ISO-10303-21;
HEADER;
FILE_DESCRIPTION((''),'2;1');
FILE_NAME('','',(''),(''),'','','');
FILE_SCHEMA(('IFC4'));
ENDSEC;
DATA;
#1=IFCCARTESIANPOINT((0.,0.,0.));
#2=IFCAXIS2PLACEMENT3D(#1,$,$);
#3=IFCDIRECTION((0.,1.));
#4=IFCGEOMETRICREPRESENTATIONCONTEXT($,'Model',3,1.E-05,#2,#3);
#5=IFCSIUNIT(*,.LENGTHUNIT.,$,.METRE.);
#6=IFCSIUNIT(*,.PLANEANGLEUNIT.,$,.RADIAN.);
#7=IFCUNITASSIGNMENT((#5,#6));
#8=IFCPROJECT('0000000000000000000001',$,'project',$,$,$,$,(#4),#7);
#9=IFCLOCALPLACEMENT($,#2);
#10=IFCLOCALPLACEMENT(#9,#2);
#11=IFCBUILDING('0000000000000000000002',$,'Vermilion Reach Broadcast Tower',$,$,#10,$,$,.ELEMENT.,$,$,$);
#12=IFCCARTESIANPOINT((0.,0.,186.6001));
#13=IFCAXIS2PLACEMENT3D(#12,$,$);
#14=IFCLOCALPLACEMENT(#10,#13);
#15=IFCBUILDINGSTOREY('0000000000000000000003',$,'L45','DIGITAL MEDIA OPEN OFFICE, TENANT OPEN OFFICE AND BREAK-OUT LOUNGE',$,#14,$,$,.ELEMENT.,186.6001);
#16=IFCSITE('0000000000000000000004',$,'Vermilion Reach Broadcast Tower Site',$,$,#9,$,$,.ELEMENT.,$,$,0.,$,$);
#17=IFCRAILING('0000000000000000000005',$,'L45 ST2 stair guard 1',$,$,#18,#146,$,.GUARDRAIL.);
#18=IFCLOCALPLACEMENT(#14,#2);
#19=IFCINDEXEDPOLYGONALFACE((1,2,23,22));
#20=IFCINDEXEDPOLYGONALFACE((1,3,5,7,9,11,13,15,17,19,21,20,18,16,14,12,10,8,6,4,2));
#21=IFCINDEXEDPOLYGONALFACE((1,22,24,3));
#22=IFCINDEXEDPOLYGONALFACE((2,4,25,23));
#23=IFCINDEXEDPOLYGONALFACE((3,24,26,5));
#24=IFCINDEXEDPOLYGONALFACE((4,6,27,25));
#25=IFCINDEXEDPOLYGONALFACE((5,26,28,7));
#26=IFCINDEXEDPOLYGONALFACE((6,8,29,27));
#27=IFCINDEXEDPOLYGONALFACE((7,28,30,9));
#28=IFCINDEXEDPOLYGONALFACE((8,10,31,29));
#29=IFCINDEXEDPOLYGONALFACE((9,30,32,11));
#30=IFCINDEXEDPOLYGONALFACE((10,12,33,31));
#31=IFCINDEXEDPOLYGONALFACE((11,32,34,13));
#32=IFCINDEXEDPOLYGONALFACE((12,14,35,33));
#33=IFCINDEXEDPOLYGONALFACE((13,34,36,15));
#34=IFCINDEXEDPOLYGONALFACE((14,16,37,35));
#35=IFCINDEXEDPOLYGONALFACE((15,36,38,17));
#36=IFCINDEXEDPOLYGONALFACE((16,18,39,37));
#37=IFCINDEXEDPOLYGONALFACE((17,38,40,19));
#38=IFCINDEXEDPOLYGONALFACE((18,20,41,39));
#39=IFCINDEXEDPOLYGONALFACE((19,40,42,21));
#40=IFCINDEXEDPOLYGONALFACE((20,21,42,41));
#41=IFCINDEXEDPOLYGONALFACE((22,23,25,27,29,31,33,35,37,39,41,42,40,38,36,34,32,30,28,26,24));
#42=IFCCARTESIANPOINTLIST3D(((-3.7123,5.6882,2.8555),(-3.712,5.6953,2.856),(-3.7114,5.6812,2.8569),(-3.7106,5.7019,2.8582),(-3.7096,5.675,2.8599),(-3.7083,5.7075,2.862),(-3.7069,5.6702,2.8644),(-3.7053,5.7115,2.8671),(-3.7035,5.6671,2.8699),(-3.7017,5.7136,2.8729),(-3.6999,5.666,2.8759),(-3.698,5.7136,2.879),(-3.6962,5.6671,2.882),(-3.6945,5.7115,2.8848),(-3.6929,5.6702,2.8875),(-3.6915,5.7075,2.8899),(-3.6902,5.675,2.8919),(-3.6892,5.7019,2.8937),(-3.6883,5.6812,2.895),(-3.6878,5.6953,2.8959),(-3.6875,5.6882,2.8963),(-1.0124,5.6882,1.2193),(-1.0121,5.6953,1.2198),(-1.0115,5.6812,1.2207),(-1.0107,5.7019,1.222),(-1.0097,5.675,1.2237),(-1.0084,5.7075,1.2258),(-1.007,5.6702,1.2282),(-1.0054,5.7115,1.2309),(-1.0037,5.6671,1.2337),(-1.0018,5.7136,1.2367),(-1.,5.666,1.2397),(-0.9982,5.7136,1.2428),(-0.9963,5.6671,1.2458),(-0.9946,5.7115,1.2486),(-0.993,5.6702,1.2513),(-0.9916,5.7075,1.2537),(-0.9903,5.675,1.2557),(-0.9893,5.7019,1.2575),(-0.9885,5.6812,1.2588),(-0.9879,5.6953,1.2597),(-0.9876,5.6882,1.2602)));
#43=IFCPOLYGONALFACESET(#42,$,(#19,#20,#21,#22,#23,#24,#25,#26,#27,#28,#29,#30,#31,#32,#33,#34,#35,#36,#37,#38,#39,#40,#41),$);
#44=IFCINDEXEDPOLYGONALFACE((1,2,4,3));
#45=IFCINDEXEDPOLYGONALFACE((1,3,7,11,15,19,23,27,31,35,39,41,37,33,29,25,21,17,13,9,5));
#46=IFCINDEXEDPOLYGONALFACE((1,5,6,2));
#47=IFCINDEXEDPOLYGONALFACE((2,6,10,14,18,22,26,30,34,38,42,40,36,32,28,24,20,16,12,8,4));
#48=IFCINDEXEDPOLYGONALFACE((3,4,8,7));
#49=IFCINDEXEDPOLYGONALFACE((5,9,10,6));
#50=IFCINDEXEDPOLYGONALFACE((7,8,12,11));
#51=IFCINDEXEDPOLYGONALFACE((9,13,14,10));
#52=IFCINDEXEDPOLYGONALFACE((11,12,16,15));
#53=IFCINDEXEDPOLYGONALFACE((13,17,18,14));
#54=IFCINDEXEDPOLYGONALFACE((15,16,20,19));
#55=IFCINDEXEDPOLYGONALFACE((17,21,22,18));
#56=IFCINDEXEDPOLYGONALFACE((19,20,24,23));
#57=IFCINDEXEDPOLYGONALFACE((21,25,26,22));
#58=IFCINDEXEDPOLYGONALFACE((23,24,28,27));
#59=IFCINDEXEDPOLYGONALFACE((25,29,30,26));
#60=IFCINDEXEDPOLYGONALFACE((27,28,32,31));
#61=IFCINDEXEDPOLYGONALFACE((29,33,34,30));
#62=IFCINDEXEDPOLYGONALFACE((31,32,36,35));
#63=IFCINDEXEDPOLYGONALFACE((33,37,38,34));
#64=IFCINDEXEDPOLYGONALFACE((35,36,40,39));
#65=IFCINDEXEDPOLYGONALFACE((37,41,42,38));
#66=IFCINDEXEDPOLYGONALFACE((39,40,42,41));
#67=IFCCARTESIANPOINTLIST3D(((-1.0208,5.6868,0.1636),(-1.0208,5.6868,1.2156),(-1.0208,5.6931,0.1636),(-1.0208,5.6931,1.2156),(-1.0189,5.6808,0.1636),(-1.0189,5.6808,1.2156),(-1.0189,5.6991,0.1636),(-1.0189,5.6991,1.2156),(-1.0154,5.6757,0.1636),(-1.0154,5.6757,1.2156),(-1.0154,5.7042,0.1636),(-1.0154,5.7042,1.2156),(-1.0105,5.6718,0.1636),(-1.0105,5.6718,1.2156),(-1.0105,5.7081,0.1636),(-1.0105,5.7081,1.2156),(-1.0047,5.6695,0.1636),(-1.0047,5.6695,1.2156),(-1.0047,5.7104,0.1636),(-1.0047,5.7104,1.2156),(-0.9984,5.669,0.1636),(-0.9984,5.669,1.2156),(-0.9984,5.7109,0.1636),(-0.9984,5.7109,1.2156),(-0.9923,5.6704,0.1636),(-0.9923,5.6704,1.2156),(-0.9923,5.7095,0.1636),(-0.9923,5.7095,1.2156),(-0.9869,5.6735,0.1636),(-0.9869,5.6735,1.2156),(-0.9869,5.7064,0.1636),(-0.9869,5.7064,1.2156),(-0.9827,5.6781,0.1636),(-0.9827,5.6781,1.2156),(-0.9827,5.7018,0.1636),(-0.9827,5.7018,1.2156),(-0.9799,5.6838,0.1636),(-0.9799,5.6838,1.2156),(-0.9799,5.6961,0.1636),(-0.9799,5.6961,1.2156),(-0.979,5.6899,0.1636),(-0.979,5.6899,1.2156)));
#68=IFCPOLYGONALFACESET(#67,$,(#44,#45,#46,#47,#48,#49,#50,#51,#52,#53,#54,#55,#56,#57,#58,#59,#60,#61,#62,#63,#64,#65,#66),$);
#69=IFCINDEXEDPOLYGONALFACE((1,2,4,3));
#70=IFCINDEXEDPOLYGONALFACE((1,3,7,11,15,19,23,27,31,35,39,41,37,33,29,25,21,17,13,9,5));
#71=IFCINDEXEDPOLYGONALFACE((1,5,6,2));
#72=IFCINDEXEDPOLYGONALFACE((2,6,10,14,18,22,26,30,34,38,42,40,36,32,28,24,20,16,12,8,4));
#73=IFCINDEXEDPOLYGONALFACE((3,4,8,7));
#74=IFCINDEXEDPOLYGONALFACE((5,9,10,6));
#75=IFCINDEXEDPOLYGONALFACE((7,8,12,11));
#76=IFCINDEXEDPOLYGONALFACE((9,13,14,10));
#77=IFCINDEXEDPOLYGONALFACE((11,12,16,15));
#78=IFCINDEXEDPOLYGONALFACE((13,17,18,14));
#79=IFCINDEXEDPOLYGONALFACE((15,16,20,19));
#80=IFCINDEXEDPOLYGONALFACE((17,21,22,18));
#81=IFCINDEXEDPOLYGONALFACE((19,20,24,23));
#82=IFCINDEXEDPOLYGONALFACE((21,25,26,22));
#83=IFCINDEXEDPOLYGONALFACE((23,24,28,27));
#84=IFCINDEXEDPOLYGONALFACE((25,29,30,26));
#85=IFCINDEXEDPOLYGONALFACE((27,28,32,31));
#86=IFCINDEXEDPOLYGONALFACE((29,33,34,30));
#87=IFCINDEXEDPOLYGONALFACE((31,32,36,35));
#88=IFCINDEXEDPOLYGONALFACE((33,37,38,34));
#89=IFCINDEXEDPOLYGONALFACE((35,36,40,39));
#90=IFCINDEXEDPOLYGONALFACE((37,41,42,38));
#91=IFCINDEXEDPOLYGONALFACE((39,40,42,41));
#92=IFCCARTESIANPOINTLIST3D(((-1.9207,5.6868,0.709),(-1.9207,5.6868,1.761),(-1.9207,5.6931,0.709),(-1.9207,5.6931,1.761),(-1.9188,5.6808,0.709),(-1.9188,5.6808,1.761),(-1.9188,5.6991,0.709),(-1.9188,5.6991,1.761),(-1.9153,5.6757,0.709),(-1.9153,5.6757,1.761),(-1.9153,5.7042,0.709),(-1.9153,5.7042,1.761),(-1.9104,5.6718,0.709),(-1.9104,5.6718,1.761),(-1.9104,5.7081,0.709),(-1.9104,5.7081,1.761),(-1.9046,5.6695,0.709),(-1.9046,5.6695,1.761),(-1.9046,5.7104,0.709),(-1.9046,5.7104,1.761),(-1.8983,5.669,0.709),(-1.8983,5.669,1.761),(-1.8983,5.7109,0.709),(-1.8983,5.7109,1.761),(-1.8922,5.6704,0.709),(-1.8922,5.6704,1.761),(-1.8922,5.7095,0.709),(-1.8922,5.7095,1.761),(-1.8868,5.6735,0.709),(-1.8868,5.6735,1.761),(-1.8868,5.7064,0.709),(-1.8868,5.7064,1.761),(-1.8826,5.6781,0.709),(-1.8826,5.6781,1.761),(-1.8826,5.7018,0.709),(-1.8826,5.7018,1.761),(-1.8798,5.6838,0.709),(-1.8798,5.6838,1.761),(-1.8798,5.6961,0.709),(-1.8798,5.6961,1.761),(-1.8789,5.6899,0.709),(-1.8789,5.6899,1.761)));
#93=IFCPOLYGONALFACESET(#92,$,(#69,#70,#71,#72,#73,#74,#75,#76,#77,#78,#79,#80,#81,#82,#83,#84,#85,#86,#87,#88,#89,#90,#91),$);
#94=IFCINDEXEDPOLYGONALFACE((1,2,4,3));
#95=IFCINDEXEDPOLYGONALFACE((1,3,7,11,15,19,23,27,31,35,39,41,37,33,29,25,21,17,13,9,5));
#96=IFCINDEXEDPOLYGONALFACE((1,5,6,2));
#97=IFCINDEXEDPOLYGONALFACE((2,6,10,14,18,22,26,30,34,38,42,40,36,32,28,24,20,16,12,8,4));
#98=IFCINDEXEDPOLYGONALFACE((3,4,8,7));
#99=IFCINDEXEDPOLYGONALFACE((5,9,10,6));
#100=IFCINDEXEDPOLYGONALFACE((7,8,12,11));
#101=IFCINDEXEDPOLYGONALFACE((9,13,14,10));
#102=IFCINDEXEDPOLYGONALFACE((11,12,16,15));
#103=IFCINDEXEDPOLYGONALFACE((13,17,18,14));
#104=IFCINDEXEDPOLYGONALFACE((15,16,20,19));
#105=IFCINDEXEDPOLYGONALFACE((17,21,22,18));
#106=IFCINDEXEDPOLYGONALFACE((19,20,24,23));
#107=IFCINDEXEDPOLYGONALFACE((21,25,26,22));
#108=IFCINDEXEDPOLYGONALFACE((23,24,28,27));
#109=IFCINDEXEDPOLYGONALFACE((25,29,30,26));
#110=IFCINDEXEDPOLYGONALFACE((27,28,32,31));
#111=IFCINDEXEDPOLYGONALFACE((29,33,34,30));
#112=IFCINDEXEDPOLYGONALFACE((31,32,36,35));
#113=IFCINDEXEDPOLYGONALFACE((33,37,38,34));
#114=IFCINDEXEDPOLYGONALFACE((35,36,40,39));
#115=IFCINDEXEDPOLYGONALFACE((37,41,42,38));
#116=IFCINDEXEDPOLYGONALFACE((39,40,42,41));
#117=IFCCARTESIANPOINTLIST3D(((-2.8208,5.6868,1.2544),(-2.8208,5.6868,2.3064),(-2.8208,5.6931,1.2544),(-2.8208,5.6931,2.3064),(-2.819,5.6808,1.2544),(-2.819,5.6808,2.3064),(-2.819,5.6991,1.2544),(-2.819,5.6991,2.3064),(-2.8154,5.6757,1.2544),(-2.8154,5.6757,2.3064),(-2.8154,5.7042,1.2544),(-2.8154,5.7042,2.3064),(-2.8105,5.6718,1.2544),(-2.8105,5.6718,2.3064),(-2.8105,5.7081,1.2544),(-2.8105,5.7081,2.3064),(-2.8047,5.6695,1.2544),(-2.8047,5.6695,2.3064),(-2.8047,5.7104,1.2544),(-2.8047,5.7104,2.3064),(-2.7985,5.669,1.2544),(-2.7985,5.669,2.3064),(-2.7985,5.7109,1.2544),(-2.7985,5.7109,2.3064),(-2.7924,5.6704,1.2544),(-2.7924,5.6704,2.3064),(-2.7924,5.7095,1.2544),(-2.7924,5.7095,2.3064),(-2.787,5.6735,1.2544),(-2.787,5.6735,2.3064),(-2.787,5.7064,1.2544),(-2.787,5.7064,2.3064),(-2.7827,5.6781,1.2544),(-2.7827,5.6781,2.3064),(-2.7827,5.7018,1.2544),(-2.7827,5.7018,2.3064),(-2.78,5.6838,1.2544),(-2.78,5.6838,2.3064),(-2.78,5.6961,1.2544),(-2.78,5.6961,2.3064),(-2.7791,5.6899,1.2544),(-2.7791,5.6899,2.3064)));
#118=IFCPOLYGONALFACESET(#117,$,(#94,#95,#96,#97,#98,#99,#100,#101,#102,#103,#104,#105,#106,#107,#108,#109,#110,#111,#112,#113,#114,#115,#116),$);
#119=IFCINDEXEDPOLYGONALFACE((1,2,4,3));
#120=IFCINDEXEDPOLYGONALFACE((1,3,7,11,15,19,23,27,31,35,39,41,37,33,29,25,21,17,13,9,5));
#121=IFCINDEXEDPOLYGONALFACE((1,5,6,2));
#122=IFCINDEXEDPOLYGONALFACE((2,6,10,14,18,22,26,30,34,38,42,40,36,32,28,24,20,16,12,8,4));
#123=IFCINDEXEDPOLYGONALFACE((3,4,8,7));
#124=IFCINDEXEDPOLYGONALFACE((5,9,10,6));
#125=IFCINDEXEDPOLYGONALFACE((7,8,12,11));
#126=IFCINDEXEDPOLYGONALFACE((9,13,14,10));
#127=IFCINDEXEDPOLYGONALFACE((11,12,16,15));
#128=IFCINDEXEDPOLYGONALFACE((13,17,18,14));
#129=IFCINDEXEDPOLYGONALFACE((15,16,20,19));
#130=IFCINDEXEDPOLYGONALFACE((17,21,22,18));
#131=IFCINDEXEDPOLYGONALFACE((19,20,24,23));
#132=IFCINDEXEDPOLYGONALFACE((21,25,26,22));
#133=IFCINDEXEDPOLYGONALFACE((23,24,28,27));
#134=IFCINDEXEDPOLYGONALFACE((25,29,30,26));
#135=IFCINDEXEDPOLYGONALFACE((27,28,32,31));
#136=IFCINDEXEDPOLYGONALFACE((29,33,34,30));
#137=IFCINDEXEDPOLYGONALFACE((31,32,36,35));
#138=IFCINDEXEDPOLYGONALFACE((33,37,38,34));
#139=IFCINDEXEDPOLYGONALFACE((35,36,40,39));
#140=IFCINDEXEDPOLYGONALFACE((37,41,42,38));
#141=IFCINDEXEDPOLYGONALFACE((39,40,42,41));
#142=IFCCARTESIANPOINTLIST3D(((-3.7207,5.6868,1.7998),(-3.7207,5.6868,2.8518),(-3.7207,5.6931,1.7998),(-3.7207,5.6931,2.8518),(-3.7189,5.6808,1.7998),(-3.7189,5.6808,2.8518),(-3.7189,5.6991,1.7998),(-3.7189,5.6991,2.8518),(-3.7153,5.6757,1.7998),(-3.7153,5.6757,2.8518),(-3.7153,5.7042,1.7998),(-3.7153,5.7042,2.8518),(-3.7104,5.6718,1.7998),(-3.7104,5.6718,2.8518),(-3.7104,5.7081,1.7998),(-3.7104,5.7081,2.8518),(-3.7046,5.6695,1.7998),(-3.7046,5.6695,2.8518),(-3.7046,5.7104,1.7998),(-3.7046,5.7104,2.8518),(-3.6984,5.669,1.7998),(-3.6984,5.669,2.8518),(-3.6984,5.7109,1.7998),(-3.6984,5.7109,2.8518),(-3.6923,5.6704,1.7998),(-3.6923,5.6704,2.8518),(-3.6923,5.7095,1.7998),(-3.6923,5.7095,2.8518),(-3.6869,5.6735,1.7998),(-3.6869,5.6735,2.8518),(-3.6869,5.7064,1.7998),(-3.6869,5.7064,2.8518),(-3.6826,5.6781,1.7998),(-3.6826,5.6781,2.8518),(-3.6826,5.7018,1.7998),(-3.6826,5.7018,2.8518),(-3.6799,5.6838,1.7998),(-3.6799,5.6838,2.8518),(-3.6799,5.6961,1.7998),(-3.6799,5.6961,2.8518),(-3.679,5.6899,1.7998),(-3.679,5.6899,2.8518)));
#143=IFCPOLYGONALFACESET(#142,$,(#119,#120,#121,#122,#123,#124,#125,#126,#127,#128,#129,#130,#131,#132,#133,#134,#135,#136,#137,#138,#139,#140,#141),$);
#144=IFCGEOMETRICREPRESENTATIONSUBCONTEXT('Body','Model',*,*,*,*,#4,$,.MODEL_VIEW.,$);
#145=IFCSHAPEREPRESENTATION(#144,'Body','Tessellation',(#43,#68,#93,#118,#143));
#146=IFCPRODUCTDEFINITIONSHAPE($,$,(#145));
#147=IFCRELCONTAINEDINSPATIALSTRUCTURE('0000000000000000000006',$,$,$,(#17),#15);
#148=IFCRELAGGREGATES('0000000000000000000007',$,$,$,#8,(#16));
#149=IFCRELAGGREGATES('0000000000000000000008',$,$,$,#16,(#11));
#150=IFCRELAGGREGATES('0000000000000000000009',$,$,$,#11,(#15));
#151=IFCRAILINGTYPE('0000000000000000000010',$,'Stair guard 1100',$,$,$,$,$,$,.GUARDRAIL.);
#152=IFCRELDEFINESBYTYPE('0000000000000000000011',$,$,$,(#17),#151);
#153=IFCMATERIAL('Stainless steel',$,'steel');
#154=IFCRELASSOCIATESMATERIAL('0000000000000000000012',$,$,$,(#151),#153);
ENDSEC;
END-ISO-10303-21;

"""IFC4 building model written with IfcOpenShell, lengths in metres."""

from ifc_helpers import new_model, si_unit, direction, frame, origin, origin_2d, place, context, subcontext, project, spatial, circle, extrude, material, type_object, element, save


model = new_model("IFC4")

# Units and contexts
model_context = context("Model", 3, precision=1e-05, world=origin(), true_north=direction((0.0, 1.0)))
body_context = subcontext(model_context, "Body", "Model", "MODEL_VIEW")
ifc_project = project(units=[si_unit("LENGTHUNIT", "METRE"), si_unit("PLANEANGLEUNIT", "RADIAN")], contexts=[model_context])

# Site, building, storey
site_placement = place(None, origin())
site = spatial("IfcSite", under=ifc_project, at=site_placement, Name="Vermilion Reach Broadcast Tower Site", CompositionType="ELEMENT", RefElevation=0.0)
building_placement = place(site_placement, origin())
building = spatial("IfcBuilding", under=site, at=building_placement, Name="Vermilion Reach Broadcast Tower", CompositionType="ELEMENT")
storey_placement = place(building_placement, frame((0.0, 0.0, 186.6001)))
storey = spatial("IfcBuildingStorey", under=building, at=storey_placement, Name="L45", Description="DIGITAL MEDIA OPEN OFFICE, TENANT OPEN OFFICE AND BREAK-OUT LOUNGE", CompositionType="ELEMENT", Elevation=186.6001)

# Railing
ifc_material_1 = material(Name="Stainless steel", Category="steel")
railing_type_1 = type_object("IfcRailingType", Name="Stair guard 1100", PredefinedType="GUARDRAIL", material=ifc_material_1)
railing_1_placement = place(storey_placement, frame((-1.0, 5.6899, 0.1636)))
element("IfcRailing", 1, at=railing_1_placement, inside=storey, type_object=railing_type_1, Name="L45 ST2 stair guard 1", PredefinedType="GUARDRAIL", context=body_context, shape_type="SweptSolid", body=[
    extrude(circle(Radius=0.0239, at=origin_2d()), frame((0.0, 0.0, 1.0762), z_axis=(-0.855212, 0.0, 0.518278), x_axis=(0.0, -1.0, 0.0)), (0.0, 0.0, 1.0), 3.157),
    extrude(circle(Radius=0.021, at=origin_2d()), origin(), (0.0, 0.0, 1.0), 1.052),
    extrude(circle(Radius=0.021, at=origin_2d()), frame((-0.8999, 0.0, 0.5454)), (0.0, 0.0, 1.0), 1.052),
    extrude(circle(Radius=0.021, at=origin_2d()), frame((-1.8, 0.0, 1.0908)), (0.0, 0.0, 1.0), 1.052),
    extrude(circle(Radius=0.021, at=origin_2d()), frame((-2.7, 0.0, 1.6362)), (0.0, 0.0, 1.0), 1.052),
])

save(model, "model.ifc")
